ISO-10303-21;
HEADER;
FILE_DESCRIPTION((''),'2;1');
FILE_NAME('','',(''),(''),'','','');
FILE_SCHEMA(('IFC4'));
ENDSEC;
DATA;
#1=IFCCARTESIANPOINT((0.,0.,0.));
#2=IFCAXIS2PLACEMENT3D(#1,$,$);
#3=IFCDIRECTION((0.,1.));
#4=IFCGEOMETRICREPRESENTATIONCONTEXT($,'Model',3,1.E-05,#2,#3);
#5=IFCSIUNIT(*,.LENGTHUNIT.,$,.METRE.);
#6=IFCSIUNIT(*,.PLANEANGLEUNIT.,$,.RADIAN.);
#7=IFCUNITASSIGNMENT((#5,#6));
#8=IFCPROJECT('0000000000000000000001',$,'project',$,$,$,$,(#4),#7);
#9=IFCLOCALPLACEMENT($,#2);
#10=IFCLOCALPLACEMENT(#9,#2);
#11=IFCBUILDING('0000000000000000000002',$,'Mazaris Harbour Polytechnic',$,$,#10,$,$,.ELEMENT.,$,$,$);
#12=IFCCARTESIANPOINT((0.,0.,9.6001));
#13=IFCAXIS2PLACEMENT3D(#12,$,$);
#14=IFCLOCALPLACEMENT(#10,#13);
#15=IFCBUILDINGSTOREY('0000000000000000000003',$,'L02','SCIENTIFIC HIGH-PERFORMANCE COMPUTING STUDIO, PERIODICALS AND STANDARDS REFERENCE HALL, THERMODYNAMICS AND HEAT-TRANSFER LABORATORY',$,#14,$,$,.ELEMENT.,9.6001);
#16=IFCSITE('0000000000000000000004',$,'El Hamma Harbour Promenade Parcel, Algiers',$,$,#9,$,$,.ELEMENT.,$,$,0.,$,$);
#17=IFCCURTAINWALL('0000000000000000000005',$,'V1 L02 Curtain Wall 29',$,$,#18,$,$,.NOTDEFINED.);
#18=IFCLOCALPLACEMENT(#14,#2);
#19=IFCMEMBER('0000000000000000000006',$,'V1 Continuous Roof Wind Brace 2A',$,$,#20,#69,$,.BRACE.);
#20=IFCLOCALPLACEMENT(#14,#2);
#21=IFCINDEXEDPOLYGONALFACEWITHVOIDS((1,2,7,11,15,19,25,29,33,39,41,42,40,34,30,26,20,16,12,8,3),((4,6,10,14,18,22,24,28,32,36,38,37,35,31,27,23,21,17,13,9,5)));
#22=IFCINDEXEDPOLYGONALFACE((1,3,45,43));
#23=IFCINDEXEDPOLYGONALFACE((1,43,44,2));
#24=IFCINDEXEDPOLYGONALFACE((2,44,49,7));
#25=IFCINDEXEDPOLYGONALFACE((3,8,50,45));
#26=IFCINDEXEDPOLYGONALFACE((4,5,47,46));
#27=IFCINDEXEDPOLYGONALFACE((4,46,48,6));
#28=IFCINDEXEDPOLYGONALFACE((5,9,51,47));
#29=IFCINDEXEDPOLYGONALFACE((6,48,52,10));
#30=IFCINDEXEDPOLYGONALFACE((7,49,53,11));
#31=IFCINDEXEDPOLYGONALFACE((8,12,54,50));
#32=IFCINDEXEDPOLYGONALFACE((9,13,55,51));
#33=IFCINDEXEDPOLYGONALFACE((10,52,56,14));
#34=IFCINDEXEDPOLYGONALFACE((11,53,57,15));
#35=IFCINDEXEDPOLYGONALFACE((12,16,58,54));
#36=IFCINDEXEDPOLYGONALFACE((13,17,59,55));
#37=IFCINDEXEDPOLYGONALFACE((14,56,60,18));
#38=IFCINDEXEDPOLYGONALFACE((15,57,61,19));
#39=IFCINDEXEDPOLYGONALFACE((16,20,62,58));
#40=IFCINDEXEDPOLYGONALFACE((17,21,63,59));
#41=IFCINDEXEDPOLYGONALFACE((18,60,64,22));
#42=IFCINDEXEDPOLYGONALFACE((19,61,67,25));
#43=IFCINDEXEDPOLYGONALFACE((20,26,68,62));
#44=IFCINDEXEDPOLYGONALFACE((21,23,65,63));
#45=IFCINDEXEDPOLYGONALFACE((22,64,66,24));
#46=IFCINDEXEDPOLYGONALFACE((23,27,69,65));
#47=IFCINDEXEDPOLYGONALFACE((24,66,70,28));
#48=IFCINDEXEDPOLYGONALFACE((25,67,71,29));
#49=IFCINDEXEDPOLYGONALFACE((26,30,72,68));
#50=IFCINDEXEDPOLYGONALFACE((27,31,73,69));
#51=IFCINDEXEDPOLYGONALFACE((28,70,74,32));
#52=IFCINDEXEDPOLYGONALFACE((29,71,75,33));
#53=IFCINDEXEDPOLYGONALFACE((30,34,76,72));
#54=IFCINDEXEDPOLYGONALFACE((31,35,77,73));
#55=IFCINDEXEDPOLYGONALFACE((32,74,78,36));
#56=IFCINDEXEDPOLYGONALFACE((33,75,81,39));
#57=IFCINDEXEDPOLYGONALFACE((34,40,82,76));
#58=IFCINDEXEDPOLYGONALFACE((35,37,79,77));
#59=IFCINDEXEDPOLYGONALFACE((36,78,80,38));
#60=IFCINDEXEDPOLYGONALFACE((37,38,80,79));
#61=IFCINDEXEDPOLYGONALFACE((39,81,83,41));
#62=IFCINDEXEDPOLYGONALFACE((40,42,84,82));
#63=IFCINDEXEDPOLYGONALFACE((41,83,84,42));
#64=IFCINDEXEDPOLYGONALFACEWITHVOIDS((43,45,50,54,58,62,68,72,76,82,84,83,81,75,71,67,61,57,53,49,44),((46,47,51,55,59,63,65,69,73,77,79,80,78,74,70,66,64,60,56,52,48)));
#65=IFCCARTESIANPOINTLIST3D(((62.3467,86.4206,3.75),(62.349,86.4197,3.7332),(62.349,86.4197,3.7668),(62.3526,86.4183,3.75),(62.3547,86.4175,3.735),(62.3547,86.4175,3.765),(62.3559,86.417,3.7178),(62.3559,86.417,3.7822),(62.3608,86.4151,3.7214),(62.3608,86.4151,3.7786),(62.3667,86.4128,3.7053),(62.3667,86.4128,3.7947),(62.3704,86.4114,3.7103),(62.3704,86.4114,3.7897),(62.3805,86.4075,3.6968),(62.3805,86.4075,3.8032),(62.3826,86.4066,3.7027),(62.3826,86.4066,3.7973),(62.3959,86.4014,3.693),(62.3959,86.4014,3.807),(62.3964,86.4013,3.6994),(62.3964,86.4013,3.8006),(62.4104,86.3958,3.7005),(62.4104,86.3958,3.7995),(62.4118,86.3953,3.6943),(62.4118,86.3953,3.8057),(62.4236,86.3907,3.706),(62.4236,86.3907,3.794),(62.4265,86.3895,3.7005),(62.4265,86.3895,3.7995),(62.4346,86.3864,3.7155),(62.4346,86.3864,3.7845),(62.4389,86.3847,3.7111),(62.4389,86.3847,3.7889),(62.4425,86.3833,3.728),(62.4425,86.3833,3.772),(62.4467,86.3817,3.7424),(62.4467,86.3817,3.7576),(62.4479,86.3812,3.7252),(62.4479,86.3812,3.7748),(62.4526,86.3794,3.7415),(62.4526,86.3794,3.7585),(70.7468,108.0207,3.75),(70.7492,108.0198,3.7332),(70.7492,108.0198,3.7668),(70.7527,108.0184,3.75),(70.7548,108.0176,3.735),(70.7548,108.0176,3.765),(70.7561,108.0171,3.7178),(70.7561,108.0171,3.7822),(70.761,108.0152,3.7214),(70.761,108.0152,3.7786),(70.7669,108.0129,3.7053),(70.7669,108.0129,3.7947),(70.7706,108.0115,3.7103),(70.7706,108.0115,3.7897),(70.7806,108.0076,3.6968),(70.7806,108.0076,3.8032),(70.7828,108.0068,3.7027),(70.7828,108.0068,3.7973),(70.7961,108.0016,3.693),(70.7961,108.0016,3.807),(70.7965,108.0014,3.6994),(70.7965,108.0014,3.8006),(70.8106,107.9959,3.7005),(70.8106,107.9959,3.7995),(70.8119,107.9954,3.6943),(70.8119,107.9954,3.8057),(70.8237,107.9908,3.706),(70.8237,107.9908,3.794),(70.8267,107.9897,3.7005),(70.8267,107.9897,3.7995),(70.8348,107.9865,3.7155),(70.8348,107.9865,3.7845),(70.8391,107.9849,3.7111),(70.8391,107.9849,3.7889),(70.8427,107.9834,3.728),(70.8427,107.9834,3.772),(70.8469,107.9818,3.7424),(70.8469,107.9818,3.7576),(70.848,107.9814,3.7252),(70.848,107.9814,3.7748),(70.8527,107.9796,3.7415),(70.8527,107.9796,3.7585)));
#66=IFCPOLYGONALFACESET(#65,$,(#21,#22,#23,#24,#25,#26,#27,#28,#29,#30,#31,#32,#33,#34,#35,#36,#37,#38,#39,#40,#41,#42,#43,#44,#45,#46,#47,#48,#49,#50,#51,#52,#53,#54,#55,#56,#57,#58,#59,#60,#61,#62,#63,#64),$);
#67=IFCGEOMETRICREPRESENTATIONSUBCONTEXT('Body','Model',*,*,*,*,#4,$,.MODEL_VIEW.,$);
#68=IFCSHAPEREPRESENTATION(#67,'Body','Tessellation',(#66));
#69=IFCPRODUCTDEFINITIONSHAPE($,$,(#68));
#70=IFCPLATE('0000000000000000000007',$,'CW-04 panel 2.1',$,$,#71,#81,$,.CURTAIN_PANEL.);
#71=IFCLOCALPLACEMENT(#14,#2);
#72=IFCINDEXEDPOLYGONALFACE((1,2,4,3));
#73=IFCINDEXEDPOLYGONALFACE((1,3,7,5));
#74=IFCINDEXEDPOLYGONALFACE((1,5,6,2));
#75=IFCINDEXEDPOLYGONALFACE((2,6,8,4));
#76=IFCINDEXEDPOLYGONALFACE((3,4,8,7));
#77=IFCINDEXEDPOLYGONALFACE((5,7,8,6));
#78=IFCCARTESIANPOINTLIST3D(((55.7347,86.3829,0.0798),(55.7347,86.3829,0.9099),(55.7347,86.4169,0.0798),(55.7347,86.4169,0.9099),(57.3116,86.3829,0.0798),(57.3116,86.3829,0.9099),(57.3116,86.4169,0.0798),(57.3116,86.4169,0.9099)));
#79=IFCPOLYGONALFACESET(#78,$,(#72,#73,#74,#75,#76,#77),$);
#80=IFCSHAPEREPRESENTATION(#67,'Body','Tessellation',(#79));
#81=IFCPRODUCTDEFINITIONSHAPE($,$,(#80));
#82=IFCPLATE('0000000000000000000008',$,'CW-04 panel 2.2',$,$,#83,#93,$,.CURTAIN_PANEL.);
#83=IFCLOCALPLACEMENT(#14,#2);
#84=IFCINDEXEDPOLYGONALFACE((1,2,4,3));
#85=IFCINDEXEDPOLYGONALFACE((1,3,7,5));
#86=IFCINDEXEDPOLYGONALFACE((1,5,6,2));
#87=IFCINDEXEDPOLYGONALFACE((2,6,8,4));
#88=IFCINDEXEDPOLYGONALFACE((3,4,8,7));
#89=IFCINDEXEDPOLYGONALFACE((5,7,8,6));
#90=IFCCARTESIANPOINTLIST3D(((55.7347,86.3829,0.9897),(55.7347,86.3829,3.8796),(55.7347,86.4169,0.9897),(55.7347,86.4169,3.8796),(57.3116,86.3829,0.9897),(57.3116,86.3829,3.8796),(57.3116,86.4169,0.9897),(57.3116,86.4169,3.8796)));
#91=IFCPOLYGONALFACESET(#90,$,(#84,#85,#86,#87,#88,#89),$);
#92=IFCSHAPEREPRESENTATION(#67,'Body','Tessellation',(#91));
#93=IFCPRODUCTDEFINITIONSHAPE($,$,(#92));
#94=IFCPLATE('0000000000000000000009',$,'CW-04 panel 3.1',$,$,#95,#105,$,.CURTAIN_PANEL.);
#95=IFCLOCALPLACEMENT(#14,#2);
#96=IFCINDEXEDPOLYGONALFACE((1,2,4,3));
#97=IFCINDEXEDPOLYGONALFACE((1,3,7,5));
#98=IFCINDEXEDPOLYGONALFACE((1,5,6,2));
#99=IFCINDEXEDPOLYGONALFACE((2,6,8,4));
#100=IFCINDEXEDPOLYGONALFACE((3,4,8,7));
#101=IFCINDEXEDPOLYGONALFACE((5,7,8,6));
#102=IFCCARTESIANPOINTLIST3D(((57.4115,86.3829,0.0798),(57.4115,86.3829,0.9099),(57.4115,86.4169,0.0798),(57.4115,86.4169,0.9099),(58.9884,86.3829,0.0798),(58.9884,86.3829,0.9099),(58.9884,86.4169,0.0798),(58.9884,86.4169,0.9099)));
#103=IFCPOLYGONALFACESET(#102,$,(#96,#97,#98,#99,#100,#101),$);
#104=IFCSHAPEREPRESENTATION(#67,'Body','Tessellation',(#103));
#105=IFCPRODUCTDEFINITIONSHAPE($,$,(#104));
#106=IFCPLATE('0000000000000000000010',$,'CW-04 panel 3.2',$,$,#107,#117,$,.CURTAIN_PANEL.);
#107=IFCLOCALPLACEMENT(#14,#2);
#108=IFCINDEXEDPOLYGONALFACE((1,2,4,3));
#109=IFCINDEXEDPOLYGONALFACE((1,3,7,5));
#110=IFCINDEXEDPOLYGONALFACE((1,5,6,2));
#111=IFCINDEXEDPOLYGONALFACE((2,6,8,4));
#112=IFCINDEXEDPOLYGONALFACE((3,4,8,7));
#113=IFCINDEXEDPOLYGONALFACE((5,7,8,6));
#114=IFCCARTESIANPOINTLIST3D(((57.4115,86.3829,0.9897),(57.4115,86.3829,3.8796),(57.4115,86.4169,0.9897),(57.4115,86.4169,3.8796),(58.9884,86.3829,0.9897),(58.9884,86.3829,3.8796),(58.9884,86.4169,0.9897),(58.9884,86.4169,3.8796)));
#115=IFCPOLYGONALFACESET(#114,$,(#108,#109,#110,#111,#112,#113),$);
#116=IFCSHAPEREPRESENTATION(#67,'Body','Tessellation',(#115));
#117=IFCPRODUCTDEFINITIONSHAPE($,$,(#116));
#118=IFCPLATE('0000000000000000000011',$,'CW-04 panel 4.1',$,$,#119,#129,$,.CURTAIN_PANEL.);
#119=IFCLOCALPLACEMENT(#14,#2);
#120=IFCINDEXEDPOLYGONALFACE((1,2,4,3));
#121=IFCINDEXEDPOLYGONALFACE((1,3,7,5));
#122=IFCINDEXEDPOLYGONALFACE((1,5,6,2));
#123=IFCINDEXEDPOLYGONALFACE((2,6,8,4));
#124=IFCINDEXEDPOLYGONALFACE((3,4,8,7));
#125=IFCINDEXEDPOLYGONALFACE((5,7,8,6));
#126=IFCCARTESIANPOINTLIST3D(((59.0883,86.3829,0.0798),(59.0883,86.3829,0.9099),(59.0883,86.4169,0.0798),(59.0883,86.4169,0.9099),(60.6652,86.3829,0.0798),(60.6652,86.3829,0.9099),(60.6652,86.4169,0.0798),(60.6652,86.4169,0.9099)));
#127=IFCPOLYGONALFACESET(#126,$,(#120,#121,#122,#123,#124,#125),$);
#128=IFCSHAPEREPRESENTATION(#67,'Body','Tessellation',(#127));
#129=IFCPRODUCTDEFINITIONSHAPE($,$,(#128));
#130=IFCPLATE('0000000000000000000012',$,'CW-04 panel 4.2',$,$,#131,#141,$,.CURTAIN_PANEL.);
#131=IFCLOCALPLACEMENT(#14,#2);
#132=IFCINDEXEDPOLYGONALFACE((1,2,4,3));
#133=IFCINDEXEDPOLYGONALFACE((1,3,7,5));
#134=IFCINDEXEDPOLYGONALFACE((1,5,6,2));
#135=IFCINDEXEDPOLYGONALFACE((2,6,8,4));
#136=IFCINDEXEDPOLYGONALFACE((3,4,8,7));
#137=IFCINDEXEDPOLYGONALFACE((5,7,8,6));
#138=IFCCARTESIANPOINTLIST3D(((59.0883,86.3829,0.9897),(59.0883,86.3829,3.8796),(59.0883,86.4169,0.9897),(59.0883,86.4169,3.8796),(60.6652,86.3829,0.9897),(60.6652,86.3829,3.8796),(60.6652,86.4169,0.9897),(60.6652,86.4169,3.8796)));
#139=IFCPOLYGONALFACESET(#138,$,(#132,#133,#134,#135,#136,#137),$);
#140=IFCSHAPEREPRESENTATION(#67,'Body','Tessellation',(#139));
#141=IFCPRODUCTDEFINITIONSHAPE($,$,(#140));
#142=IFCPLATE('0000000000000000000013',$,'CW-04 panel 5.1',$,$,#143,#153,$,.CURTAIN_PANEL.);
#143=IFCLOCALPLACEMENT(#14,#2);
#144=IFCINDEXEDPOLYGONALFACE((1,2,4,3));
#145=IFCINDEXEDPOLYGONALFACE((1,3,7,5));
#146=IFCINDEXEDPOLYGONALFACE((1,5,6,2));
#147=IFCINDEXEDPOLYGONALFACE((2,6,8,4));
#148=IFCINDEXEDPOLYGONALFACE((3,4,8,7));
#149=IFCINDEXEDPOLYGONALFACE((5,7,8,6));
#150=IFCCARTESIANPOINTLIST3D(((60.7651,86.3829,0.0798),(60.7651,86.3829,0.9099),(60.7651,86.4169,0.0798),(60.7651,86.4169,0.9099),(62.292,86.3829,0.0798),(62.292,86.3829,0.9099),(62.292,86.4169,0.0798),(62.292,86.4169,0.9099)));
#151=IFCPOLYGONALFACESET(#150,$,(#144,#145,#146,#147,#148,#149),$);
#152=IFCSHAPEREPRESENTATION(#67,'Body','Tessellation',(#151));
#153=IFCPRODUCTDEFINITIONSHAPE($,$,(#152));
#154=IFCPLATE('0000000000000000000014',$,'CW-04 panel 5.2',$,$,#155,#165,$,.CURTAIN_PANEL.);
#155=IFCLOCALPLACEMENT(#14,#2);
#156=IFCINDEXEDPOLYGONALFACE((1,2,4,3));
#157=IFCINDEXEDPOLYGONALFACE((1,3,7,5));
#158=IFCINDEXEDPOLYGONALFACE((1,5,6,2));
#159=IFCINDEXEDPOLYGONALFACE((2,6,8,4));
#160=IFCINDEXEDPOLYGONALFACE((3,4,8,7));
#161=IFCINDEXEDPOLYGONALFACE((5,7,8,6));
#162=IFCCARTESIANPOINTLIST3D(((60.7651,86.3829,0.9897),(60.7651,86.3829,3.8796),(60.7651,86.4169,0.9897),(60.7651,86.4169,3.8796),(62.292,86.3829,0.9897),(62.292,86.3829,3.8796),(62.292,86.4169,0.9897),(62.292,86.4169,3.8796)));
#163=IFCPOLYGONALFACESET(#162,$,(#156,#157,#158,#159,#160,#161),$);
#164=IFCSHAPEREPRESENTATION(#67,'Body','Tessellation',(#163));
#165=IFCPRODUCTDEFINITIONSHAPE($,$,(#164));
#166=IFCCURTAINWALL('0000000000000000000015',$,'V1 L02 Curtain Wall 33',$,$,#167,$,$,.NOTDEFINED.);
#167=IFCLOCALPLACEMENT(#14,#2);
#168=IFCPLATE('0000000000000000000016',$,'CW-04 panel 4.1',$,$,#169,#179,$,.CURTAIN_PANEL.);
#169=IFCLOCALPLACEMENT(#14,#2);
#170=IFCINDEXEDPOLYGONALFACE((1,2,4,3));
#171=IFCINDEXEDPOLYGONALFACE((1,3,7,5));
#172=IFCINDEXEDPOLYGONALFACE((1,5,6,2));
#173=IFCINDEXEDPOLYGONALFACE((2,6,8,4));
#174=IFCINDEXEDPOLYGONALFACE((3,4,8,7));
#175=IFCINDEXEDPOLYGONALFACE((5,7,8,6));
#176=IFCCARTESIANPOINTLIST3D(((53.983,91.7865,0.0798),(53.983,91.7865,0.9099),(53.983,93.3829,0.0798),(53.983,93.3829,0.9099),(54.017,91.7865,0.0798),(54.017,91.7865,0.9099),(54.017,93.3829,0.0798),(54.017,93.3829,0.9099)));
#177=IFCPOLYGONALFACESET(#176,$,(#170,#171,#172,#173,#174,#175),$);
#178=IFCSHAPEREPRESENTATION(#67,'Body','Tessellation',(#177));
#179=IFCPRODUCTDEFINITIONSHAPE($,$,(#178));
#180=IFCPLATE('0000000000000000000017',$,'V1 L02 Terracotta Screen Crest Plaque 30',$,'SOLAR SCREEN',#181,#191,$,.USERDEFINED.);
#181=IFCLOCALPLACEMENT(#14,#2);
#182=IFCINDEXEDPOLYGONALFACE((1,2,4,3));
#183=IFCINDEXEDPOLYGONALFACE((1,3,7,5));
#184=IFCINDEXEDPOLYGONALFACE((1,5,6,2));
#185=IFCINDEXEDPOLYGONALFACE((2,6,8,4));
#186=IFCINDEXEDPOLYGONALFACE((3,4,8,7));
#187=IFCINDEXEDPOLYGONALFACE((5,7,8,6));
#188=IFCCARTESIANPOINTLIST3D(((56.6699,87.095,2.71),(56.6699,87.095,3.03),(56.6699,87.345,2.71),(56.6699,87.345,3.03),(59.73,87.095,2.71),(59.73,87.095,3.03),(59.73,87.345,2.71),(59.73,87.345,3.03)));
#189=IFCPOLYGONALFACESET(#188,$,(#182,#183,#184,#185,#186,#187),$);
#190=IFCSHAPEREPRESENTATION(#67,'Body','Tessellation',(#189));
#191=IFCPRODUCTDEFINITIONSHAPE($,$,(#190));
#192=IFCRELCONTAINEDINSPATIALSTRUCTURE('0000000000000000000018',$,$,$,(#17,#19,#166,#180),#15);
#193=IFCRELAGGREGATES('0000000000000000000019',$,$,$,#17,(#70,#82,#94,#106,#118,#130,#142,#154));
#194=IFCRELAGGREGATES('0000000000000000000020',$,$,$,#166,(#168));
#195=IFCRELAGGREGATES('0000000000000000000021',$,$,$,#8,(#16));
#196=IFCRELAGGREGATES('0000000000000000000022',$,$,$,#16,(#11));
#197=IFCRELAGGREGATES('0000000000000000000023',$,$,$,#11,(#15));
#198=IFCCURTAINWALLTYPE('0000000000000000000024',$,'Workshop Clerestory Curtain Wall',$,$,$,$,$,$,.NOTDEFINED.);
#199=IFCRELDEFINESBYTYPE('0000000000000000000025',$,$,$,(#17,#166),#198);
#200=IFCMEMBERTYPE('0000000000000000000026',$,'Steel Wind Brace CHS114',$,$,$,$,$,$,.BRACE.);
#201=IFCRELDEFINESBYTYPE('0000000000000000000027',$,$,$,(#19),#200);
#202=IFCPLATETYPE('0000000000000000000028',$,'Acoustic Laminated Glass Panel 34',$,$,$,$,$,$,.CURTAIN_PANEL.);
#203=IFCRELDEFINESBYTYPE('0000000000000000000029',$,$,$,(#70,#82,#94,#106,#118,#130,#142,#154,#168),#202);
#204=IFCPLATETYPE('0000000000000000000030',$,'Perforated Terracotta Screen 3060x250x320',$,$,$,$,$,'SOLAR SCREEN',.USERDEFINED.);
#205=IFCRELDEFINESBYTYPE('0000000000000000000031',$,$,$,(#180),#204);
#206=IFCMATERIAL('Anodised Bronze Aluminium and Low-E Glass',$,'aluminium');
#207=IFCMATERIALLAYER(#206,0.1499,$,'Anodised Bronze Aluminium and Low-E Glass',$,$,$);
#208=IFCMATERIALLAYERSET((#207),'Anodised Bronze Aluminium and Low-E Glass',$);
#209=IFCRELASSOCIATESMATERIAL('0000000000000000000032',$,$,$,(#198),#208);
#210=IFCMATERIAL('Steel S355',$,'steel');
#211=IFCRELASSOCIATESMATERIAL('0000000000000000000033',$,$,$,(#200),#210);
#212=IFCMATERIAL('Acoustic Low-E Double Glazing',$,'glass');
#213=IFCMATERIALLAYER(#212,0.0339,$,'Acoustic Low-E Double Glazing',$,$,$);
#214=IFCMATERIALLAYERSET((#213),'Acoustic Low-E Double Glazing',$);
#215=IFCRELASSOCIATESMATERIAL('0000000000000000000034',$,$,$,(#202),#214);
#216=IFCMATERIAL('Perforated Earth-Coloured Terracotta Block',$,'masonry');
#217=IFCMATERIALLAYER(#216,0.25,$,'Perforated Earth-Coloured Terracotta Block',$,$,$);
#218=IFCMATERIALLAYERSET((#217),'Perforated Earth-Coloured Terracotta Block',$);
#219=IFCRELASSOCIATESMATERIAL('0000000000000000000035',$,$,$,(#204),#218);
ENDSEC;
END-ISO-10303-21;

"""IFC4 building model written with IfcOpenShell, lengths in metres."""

from ifc_helpers import new_model, si_unit, direction, frame, origin, origin_2d, place, context, subcontext, project, spatial, rectangle, hollow_circle, extrude, material, layer, layer_set, material_profile, profile_set, type_object, element, aggregate, save


model = new_model("IFC4")

# Units and contexts
model_context = context("Model", 3, precision=1e-05, world=origin(), true_north=direction((0.0, 1.0)))
body_context = subcontext(model_context, "Body", "Model", "MODEL_VIEW")
ifc_project = project(units=[si_unit("LENGTHUNIT", "METRE"), si_unit("PLANEANGLEUNIT", "RADIAN")], contexts=[model_context])

# Site, building, storey
site_placement = place(None, origin())
site = spatial("IfcSite", under=ifc_project, at=site_placement, Name="El Hamma Harbour Promenade Parcel, Algiers", CompositionType="ELEMENT", RefElevation=0.0)
building_placement = place(site_placement, origin())
building = spatial("IfcBuilding", under=site, at=building_placement, Name="Mazaris Harbour Polytechnic", CompositionType="ELEMENT")
storey_placement = place(building_placement, frame((0.0, 0.0, 9.6001)))
storey = spatial("IfcBuildingStorey", under=building, at=storey_placement, Name="L02", Description="SCIENTIFIC HIGH-PERFORMANCE COMPUTING STUDIO, PERIODICALS AND STANDARDS REFERENCE HALL, THERMODYNAMICS AND HEAT-TRANSFER LABORATORY", CompositionType="ELEMENT", Elevation=9.6001)

# Curtain wall
ifc_material_1 = material(Name="Anodised Bronze Aluminium and Low-E Glass", Category="aluminium")
ifc_layer_1 = layer(ifc_material_1, 0.1499, Name="Anodised Bronze Aluminium and Low-E Glass")
ifc_layer_set_1 = layer_set([ifc_layer_1], Name="Anodised Bronze Aluminium and Low-E Glass")
curtain_wall_type = type_object("IfcCurtainWallType", Name="Workshop Clerestory Curtain Wall", PredefinedType="NOTDEFINED", material=ifc_layer_set_1)
curtain_wall_1_placement = place(storey_placement, origin())
curtain_wall_1 = element("IfcCurtainWall", 1, at=curtain_wall_1_placement, inside=storey, type_object=curtain_wall_type, Name="V1 L02 Curtain Wall 29", PredefinedType="NOTDEFINED")

# Member
ifc_material_2 = material(Name="Steel S355", Category="steel")
ifc_material_profile_1 = material_profile(ifc_material_2, hollow_circle(Radius=0.0571, WallThickness=0.0063, at=origin_2d()), Name="CHS 114.3x6.3")
ifc_profile_set_1 = profile_set([ifc_material_profile_1], Name="Steel S355")
member_type_1 = type_object("IfcMemberType", Name="Steel Wind Brace CHS114", PredefinedType="BRACE", material=ifc_profile_set_1)
member_1_placement = place(storey_placement, frame((62.3999, 86.3999, 3.75), z_axis=(0.36245, 0.932003, 0.0), x_axis=(-0.932003, 0.36245, 0.0)))
element("IfcMember", 2, at=member_1_placement, inside=storey, type_object=member_type_1, Name="V1 Continuous Roof Wind Brace 2A", PredefinedType="BRACE", context=body_context, shape_type="SweptSolid", body=[
    extrude(hollow_circle(Radius=0.0571, WallThickness=0.0063, at=origin_2d()), origin(), (0.0, 0.0, 1.0), 23.176),
])

# Plates
ifc_material_3 = material(Name="Acoustic Low-E Double Glazing", Category="glass")
ifc_layer_2 = layer(ifc_material_3, 0.0339, Name="Acoustic Low-E Double Glazing")
ifc_layer_set_2 = layer_set([ifc_layer_2], Name="Acoustic Low-E Double Glazing")
plate_type_1 = type_object("IfcPlateType", Name="Acoustic Laminated Glass Panel 34", PredefinedType="CURTAIN_PANEL", material=ifc_layer_set_2)
plate_1_placement = place(storey_placement, frame((56.5232, 86.3999, 0.0798), z_axis=(0.0, 0.0, 1.0), x_axis=(1.0, 0.0, 0.0)))
plate_1 = element("IfcPlate", 3, at=plate_1_placement, type_object=plate_type_1, Name="CW-04 panel 2.1", PredefinedType="CURTAIN_PANEL", context=body_context, shape_type="SweptSolid", body=[
    extrude(rectangle(XDim=1.5769, YDim=0.0339, at=origin_2d()), origin(), (0.0, 0.0, 1.0), 0.8301),
])
plate_2_placement = place(storey_placement, frame((56.5232, 86.3999, 0.9897), z_axis=(0.0, 0.0, 1.0), x_axis=(1.0, 0.0, 0.0)))
plate_2 = element("IfcPlate", 4, at=plate_2_placement, type_object=plate_type_1, Name="CW-04 panel 2.2", PredefinedType="CURTAIN_PANEL", context=body_context, shape_type="SweptSolid", body=[
    extrude(rectangle(XDim=1.5769, YDim=0.0339, at=origin_2d()), origin(), (0.0, 0.0, 1.0), 2.8899),
])
plate_3_placement = place(storey_placement, frame((58.2, 86.3999, 0.0798), z_axis=(0.0, 0.0, 1.0), x_axis=(1.0, 0.0, 0.0)))
plate_3 = element("IfcPlate", 5, at=plate_3_placement, type_object=plate_type_1, Name="CW-04 panel 3.1", PredefinedType="CURTAIN_PANEL", context=body_context, shape_type="SweptSolid", body=[
    extrude(rectangle(XDim=1.5769, YDim=0.0339, at=origin_2d()), origin(), (0.0, 0.0, 1.0), 0.8301),
])
plate_4_placement = place(storey_placement, frame((58.2, 86.3999, 0.9897), z_axis=(0.0, 0.0, 1.0), x_axis=(1.0, 0.0, 0.0)))
plate_4 = element("IfcPlate", 6, at=plate_4_placement, type_object=plate_type_1, Name="CW-04 panel 3.2", PredefinedType="CURTAIN_PANEL", context=body_context, shape_type="SweptSolid", body=[
    extrude(rectangle(XDim=1.5769, YDim=0.0339, at=origin_2d()), origin(), (0.0, 0.0, 1.0), 2.8899),
])
plate_5_placement = place(storey_placement, frame((59.8767, 86.3999, 0.0798), z_axis=(0.0, 0.0, 1.0), x_axis=(1.0, 0.0, 0.0)))
plate_5 = element("IfcPlate", 7, at=plate_5_placement, type_object=plate_type_1, Name="CW-04 panel 4.1", PredefinedType="CURTAIN_PANEL", context=body_context, shape_type="SweptSolid", body=[
    extrude(rectangle(XDim=1.5769, YDim=0.0339, at=origin_2d()), origin(), (0.0, 0.0, 1.0), 0.8301),
])
plate_6_placement = place(storey_placement, frame((59.8767, 86.3999, 0.9897), z_axis=(0.0, 0.0, 1.0), x_axis=(1.0, 0.0, 0.0)))
plate_6 = element("IfcPlate", 8, at=plate_6_placement, type_object=plate_type_1, Name="CW-04 panel 4.2", PredefinedType="CURTAIN_PANEL", context=body_context, shape_type="SweptSolid", body=[
    extrude(rectangle(XDim=1.5769, YDim=0.0339, at=origin_2d()), origin(), (0.0, 0.0, 1.0), 2.8899),
])
plate_7_placement = place(storey_placement, frame((61.5286, 86.3999, 0.0798), z_axis=(0.0, 0.0, 1.0), x_axis=(1.0, 0.0, 0.0)))
plate_7 = element("IfcPlate", 9, at=plate_7_placement, type_object=plate_type_1, Name="CW-04 panel 5.1", PredefinedType="CURTAIN_PANEL", context=body_context, shape_type="SweptSolid", body=[
    extrude(rectangle(XDim=1.5269, YDim=0.0339, at=origin_2d()), origin(), (0.0, 0.0, 1.0), 0.8301),
])
plate_8_placement = place(storey_placement, frame((61.5286, 86.3999, 0.9897), z_axis=(0.0, 0.0, 1.0), x_axis=(1.0, 0.0, 0.0)))
plate_8 = element("IfcPlate", 10, at=plate_8_placement, type_object=plate_type_1, Name="CW-04 panel 5.2", PredefinedType="CURTAIN_PANEL", context=body_context, shape_type="SweptSolid", body=[
    extrude(rectangle(XDim=1.5269, YDim=0.0339, at=origin_2d()), origin(), (0.0, 0.0, 1.0), 2.8899),
])
aggregate(curtain_wall_1, [plate_1, plate_2, plate_3, plate_4, plate_5, plate_6, plate_7, plate_8])

# Curtain wall, plate
curtain_wall_2_placement = place(storey_placement, origin())
curtain_wall_2 = element("IfcCurtainWall", 11, at=curtain_wall_2_placement, inside=storey, type_object=curtain_wall_type, Name="V1 L02 Curtain Wall 33", PredefinedType="NOTDEFINED")
plate_9_placement = place(storey_placement, frame((54.0, 92.5847, 0.0798), z_axis=(0.0, 0.0, 1.0), x_axis=(0.0, 1.0, 0.0)))
plate_9 = element("IfcPlate", 12, at=plate_9_placement, type_object=plate_type_1, Name="CW-04 panel 4.1", PredefinedType="CURTAIN_PANEL", context=body_context, shape_type="SweptSolid", body=[
    extrude(rectangle(XDim=1.5964, YDim=0.0339, at=origin_2d()), origin(), (0.0, 0.0, 1.0), 0.8301),
])
aggregate(curtain_wall_2, [plate_9])

# Plate
ifc_material_4 = material(Name="Perforated Earth-Coloured Terracotta Block", Category="masonry")
ifc_layer_3 = layer(ifc_material_4, 0.25, Name="Perforated Earth-Coloured Terracotta Block")
ifc_layer_set_3 = layer_set([ifc_layer_3], Name="Perforated Earth-Coloured Terracotta Block")
plate_type_2 = type_object("IfcPlateType", Name="Perforated Terracotta Screen 3060x250x320", ElementType="SOLAR SCREEN", PredefinedType="USERDEFINED", material=ifc_layer_set_3)
plate_10_placement = place(storey_placement, frame((58.2, 87.22, 2.71), z_axis=(0.0, 0.0, 1.0), x_axis=(1.0, 0.0, 0.0)))
element("IfcPlate", 13, at=plate_10_placement, inside=storey, type_object=plate_type_2, Name="V1 L02 Terracotta Screen Crest Plaque 30", ObjectType="SOLAR SCREEN", PredefinedType="USERDEFINED", context=body_context, shape_type="SweptSolid", body=[
    extrude(rectangle(XDim=3.0601, YDim=0.25, at=origin_2d()), origin(), (0.0, 0.0, 1.0), 0.3201),
])

save(model, "model.ifc")
